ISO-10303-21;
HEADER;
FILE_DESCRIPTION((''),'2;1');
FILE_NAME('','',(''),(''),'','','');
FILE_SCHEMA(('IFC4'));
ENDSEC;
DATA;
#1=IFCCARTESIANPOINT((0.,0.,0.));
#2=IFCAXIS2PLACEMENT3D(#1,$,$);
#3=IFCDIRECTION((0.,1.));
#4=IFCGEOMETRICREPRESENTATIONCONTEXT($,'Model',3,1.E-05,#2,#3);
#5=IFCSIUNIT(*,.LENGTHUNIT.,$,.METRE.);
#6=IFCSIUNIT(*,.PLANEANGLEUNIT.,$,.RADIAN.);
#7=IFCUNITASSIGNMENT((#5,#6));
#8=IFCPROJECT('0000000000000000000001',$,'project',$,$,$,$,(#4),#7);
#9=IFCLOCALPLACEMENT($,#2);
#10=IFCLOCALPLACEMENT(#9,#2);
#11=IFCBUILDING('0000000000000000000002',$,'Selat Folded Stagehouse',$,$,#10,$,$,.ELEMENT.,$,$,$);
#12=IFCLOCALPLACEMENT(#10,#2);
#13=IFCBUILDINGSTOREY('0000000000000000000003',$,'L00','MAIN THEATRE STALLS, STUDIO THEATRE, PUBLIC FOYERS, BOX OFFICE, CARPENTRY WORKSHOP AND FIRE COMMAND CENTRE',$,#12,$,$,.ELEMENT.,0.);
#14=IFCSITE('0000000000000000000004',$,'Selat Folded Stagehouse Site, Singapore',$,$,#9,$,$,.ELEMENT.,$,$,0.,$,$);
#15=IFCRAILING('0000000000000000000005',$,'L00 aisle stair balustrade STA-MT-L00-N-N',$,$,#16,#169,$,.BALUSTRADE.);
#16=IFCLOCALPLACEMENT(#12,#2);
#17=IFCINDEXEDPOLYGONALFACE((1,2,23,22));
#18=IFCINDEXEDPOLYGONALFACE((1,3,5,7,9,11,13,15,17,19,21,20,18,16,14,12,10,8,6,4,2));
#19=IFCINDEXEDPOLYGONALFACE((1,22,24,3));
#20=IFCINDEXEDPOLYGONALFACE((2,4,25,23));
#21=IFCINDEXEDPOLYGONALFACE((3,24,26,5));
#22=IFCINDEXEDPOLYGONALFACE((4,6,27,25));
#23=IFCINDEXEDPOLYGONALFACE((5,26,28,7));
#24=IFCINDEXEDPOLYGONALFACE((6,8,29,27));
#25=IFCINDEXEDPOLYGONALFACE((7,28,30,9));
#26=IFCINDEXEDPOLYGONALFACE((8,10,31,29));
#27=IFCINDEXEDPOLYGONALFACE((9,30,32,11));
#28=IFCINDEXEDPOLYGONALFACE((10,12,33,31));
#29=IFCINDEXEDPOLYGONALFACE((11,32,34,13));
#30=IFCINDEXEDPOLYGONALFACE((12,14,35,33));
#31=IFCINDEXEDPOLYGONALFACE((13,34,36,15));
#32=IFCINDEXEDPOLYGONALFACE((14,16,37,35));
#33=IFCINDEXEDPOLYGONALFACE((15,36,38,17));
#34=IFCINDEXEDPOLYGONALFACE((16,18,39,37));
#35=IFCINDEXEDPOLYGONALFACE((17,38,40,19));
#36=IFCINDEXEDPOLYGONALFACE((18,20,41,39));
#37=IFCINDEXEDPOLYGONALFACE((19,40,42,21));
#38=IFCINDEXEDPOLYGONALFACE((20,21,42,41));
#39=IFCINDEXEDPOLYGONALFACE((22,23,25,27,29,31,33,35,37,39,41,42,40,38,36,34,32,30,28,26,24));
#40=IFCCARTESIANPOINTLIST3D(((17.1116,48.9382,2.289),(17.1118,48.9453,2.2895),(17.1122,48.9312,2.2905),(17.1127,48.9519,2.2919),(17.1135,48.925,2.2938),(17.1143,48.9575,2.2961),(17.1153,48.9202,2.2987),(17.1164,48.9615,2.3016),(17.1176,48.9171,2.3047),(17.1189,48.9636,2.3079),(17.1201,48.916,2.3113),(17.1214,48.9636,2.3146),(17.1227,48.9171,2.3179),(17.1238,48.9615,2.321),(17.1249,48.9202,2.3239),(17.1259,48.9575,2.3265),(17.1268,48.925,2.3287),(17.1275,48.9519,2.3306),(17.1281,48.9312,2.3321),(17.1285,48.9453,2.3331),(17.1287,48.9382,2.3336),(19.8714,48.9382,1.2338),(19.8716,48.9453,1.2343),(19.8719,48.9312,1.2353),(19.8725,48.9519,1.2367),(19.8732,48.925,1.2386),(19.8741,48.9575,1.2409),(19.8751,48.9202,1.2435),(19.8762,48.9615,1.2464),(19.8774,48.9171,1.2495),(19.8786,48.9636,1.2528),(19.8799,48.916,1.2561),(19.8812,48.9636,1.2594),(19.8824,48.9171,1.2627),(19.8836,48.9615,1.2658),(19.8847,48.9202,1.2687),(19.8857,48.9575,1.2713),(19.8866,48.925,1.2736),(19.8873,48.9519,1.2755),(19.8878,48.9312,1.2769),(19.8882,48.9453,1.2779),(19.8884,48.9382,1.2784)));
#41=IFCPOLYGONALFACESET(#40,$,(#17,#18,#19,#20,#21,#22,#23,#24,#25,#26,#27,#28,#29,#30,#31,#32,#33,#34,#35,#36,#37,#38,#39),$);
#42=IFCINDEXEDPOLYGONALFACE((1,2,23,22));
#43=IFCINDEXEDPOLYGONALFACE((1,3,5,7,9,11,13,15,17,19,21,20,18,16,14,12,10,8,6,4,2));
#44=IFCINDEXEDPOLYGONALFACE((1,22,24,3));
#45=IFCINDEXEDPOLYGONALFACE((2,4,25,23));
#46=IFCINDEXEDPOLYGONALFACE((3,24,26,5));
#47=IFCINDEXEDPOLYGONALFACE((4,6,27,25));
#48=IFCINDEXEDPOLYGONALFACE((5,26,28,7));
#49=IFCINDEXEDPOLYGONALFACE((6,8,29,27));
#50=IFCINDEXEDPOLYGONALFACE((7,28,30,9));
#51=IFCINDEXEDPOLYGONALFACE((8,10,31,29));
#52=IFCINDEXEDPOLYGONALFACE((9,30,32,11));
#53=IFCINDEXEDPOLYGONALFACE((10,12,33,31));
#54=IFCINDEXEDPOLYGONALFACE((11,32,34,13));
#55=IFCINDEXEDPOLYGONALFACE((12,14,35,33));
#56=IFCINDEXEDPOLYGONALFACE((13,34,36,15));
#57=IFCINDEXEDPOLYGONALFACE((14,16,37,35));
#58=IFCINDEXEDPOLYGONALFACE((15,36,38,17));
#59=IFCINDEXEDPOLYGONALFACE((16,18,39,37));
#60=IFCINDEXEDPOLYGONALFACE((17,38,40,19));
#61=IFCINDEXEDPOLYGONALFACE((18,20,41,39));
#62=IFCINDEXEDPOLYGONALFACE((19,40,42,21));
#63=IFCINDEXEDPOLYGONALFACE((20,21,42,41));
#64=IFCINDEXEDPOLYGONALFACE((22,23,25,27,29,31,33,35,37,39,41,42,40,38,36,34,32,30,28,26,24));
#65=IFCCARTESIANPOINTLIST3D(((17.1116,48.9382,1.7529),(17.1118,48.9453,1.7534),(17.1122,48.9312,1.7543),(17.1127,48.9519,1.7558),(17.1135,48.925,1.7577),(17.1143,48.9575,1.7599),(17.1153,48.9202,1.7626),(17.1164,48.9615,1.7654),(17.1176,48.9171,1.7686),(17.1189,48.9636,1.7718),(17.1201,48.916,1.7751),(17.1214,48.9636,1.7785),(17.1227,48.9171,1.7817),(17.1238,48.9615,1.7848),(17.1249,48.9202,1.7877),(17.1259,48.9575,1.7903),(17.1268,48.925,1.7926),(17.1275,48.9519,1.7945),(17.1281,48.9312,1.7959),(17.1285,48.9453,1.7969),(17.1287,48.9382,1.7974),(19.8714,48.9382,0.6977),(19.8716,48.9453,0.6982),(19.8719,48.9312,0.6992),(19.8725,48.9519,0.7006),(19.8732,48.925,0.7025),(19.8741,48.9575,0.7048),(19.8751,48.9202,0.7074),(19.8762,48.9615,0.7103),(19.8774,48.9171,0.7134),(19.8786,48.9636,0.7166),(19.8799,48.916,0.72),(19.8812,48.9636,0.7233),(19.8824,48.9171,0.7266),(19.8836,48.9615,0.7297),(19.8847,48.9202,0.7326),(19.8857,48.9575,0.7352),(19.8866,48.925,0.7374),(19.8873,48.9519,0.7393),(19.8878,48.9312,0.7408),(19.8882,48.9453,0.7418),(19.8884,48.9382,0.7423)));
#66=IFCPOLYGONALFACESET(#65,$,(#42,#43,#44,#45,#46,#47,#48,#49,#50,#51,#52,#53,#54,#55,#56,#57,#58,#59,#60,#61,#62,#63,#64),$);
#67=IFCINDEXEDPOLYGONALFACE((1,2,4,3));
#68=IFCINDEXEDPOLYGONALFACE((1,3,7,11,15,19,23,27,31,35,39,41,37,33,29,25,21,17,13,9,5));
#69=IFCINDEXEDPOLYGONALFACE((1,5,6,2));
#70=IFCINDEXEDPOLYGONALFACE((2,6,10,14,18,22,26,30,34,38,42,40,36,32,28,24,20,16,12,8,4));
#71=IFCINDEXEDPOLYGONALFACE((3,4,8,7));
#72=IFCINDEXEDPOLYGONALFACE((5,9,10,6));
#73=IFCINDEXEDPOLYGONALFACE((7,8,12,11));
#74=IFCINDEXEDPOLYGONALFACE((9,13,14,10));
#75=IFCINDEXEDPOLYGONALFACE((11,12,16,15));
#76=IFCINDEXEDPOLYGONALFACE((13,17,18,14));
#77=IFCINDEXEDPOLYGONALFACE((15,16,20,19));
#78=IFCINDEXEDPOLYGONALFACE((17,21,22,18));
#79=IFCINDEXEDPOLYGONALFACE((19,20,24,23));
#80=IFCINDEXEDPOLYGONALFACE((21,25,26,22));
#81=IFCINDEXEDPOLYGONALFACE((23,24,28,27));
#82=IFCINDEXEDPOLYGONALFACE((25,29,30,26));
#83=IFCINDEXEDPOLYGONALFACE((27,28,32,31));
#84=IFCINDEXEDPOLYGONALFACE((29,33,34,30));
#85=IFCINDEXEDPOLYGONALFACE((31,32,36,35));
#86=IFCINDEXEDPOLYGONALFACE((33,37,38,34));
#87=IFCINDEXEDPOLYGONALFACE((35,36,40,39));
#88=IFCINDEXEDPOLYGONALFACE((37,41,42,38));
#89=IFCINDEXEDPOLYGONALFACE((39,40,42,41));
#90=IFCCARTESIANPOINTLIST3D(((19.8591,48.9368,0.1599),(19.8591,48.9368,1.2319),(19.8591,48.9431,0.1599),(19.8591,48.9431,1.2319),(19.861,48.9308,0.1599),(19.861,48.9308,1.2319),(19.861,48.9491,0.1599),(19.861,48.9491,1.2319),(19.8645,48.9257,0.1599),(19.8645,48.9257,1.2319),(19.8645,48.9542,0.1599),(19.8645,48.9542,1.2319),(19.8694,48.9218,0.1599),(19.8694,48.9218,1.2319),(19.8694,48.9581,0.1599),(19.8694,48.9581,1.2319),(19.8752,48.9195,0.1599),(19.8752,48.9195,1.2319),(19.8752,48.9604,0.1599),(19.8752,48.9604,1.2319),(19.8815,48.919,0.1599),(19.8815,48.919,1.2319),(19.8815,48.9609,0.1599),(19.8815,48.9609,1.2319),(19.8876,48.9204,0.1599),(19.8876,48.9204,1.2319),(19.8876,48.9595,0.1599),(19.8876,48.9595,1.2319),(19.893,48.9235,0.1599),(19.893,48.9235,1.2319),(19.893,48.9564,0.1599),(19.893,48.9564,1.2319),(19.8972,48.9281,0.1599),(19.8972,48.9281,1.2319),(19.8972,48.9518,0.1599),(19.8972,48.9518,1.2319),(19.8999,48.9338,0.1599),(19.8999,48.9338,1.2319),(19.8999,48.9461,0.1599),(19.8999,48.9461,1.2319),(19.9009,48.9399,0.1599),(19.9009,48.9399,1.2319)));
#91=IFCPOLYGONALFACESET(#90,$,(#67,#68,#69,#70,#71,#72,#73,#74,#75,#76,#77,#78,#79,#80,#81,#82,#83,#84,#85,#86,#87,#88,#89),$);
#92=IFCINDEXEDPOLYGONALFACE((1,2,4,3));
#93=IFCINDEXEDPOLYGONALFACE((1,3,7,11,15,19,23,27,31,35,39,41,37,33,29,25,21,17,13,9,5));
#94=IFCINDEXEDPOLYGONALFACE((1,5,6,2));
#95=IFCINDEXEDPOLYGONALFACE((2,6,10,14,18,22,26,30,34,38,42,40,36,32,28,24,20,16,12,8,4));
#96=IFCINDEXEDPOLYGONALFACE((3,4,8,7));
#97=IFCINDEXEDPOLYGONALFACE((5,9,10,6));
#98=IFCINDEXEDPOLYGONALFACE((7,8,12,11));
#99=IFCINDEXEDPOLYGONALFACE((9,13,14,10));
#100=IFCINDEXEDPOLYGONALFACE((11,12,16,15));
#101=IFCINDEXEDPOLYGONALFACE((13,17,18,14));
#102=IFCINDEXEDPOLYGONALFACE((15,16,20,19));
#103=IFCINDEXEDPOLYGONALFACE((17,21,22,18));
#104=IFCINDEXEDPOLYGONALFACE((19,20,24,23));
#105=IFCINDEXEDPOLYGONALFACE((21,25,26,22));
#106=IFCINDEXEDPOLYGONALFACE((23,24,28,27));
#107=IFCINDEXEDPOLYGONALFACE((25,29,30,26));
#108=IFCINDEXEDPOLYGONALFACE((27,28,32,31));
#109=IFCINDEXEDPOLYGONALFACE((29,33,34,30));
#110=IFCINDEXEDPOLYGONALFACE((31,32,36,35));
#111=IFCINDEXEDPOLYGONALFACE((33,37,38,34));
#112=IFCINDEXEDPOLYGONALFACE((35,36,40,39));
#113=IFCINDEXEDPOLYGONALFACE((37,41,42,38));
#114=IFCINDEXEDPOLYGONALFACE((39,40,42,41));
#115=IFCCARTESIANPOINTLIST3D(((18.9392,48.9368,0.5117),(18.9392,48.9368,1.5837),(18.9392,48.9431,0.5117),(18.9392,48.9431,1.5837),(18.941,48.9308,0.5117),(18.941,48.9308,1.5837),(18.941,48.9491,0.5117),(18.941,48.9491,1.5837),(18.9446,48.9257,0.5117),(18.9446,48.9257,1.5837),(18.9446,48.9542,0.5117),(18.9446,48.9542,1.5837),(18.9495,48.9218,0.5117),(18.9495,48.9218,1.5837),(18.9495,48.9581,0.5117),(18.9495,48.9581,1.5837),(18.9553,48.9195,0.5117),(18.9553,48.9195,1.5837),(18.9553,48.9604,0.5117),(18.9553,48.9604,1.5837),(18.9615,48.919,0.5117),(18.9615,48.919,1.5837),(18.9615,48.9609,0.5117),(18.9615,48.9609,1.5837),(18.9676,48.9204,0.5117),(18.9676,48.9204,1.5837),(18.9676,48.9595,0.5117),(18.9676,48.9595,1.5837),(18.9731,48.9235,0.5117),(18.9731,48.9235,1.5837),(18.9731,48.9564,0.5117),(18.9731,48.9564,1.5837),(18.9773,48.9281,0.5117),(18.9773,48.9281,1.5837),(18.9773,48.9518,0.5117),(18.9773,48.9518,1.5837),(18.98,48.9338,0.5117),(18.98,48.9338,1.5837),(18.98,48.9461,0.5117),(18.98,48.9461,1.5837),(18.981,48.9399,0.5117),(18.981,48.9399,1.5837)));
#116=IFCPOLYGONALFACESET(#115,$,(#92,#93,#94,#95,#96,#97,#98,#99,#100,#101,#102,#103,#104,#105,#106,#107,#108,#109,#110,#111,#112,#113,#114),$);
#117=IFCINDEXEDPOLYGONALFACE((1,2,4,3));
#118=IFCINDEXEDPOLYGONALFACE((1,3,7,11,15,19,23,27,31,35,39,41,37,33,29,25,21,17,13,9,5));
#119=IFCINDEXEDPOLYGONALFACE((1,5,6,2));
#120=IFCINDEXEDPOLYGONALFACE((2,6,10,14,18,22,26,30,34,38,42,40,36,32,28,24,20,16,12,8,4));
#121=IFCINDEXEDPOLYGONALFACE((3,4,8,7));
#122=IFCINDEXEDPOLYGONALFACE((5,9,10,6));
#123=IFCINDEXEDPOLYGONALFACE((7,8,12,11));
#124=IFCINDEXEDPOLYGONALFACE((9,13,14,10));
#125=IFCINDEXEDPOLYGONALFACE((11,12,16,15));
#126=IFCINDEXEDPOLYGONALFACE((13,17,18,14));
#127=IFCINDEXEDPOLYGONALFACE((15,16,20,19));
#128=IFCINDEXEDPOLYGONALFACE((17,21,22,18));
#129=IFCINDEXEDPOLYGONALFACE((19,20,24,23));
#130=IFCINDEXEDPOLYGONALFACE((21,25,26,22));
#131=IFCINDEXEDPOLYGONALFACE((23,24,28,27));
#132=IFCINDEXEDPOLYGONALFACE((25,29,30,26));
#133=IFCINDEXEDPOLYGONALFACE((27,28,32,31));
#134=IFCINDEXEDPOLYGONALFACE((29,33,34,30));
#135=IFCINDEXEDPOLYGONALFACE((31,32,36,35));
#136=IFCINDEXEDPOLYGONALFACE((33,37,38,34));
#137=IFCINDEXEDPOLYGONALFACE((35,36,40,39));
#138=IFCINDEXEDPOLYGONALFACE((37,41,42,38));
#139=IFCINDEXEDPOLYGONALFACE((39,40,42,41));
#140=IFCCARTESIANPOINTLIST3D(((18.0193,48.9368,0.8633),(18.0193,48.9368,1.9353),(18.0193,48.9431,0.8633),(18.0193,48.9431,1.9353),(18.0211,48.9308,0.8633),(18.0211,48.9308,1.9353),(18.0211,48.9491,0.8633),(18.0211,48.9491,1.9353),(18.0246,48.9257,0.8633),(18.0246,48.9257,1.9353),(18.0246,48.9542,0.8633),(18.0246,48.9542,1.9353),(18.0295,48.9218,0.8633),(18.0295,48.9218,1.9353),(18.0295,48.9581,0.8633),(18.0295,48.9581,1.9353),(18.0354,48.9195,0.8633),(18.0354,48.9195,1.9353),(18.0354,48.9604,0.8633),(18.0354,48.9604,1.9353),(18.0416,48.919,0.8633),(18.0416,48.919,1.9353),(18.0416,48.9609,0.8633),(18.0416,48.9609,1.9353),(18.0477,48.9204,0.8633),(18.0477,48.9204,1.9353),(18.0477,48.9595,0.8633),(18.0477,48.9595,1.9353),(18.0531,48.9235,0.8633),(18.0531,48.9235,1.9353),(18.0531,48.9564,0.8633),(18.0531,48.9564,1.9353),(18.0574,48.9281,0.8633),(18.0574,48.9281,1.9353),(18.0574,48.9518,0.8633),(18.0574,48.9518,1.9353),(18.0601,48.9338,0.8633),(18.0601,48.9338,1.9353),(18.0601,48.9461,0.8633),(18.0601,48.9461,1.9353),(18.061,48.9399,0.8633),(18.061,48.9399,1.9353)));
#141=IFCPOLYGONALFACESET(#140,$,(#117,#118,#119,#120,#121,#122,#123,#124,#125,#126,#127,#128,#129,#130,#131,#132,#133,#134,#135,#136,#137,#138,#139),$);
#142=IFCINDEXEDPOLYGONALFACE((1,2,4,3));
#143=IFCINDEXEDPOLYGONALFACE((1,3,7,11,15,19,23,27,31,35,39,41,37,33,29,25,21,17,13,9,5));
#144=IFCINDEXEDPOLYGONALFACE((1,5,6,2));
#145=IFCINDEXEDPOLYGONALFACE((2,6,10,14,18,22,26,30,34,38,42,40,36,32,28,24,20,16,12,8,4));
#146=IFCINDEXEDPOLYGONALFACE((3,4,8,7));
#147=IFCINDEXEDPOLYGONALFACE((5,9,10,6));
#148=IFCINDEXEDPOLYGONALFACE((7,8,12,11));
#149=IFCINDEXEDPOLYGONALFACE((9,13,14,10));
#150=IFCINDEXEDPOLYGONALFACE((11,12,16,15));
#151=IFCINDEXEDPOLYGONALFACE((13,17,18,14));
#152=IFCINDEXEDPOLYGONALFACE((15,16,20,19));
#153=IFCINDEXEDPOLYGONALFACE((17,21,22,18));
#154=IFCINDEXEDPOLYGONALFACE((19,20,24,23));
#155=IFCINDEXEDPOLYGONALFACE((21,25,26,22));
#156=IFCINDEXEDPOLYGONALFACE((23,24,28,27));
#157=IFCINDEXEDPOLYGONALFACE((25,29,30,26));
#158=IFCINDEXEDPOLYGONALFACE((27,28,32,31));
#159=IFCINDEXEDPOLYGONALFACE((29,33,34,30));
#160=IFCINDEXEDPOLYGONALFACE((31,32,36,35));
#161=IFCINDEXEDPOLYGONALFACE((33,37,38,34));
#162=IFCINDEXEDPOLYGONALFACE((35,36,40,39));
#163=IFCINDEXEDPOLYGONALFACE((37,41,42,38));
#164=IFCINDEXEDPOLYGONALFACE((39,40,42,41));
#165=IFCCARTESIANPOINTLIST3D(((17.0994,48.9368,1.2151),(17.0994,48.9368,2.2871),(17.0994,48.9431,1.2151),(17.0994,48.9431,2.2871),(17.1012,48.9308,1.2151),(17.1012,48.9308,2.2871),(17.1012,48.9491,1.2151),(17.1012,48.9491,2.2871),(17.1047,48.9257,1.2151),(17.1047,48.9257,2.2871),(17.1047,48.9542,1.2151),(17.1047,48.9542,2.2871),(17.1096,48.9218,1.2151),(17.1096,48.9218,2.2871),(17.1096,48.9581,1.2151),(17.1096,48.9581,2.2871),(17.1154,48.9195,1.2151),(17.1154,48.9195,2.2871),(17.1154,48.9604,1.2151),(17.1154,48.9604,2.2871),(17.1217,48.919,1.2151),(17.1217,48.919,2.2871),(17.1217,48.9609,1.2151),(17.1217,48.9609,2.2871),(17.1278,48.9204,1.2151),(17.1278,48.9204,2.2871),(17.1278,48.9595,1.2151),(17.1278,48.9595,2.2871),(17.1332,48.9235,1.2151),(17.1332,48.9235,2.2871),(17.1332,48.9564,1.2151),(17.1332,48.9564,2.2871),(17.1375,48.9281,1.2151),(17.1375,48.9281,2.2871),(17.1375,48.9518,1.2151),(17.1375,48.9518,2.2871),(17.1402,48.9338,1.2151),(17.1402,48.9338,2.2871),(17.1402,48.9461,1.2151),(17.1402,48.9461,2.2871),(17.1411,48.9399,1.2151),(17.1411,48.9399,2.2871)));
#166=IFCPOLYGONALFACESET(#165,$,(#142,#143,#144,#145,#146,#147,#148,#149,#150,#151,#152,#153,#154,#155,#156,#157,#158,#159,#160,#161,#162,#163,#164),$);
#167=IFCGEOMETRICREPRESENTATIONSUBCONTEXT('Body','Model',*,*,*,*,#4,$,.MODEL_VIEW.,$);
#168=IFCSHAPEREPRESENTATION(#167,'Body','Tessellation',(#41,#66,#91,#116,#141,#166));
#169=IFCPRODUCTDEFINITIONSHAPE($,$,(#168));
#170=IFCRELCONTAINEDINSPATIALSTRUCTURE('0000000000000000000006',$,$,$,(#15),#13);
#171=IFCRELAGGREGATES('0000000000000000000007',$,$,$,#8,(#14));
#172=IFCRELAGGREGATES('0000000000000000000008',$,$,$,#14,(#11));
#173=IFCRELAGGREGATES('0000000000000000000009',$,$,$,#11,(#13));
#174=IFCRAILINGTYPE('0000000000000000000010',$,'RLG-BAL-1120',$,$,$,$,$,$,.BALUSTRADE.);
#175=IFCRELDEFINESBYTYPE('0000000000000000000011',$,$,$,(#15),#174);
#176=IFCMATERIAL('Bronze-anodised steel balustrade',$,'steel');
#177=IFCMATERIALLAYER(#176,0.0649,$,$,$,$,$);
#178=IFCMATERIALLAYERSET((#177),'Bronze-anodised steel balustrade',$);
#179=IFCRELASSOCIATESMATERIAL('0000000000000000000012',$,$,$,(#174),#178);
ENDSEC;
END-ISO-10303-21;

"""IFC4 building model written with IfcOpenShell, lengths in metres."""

from ifc_helpers import new_model, si_unit, direction, frame, origin, origin_2d, place, context, subcontext, project, spatial, circle, extrude, material, layer, layer_set, type_object, element, save


model = new_model("IFC4")

# Units and contexts
model_context = context("Model", 3, precision=1e-05, world=origin(), true_north=direction((0.0, 1.0)))
body_context = subcontext(model_context, "Body", "Model", "MODEL_VIEW")
ifc_project = project(units=[si_unit("LENGTHUNIT", "METRE"), si_unit("PLANEANGLEUNIT", "RADIAN")], contexts=[model_context])

# Site, building, storey
site_placement = place(None, origin())
site = spatial("IfcSite", under=ifc_project, at=site_placement, Name="Selat Folded Stagehouse Site, Singapore", CompositionType="ELEMENT", RefElevation=0.0)
building_placement = place(site_placement, origin())
building = spatial("IfcBuilding", under=site, at=building_placement, Name="Selat Folded Stagehouse", CompositionType="ELEMENT")
storey_placement = place(building_placement, origin())
storey = spatial("IfcBuildingStorey", under=building, at=storey_placement, Name="L00", Description="MAIN THEATRE STALLS, STUDIO THEATRE, PUBLIC FOYERS, BOX OFFICE, CARPENTRY WORKSHOP AND FIRE COMMAND CENTRE", CompositionType="ELEMENT", Elevation=0.0)

# Railing
ifc_material_1 = material(Name="Bronze-anodised steel balustrade", Category="steel")
ifc_layer_1 = layer(ifc_material_1, 0.0649)
ifc_layer_set_1 = layer_set([ifc_layer_1], Name="Bronze-anodised steel balustrade")
railing_type = type_object("IfcRailingType", Name="RLG-BAL-1120", PredefinedType="BALUSTRADE", material=ifc_layer_set_1)
for number, where, name in (
    (1, (19.8799, 48.9399, 0.1599), "L00 aisle stair balustrade STA-MT-L00-N-N"),
):
    element("IfcRailing", number, at=place(storey_placement, frame(where)), inside=storey, type_object=railing_type, Name=name, PredefinedType="BALUSTRADE", context=body_context, shape_type="SweptSolid", body=[
        extrude(circle(Radius=0.0239, at=origin_2d()), frame((0.0, 0.0, 1.0962), z_axis=(-0.934055, 0.0, 0.357129), x_axis=(0.0, -1.0, 0.0)), (0.0, 0.0, 1.0), 2.9546),
        extrude(circle(Radius=0.0239, at=origin_2d()), frame((0.0, 0.0, 0.5601), z_axis=(-0.934055, 0.0, 0.357129), x_axis=(0.0, -1.0, 0.0)), (0.0, 0.0, 1.0), 2.9546),
        extrude(circle(Radius=0.021, at=origin_2d()), origin(), (0.0, 0.0, 1.0), 1.072),
        extrude(circle(Radius=0.021, at=origin_2d()), frame((-0.9199, 0.0, 0.3518)), (0.0, 0.0, 1.0), 1.072),
        extrude(circle(Radius=0.021, at=origin_2d()), frame((-1.8398, 0.0, 0.7034)), (0.0, 0.0, 1.0), 1.072),
        extrude(circle(Radius=0.021, at=origin_2d()), frame((-2.7598, 0.0, 1.0552)), (0.0, 0.0, 1.0), 1.072),
    ])

save(model, "model.ifc")
